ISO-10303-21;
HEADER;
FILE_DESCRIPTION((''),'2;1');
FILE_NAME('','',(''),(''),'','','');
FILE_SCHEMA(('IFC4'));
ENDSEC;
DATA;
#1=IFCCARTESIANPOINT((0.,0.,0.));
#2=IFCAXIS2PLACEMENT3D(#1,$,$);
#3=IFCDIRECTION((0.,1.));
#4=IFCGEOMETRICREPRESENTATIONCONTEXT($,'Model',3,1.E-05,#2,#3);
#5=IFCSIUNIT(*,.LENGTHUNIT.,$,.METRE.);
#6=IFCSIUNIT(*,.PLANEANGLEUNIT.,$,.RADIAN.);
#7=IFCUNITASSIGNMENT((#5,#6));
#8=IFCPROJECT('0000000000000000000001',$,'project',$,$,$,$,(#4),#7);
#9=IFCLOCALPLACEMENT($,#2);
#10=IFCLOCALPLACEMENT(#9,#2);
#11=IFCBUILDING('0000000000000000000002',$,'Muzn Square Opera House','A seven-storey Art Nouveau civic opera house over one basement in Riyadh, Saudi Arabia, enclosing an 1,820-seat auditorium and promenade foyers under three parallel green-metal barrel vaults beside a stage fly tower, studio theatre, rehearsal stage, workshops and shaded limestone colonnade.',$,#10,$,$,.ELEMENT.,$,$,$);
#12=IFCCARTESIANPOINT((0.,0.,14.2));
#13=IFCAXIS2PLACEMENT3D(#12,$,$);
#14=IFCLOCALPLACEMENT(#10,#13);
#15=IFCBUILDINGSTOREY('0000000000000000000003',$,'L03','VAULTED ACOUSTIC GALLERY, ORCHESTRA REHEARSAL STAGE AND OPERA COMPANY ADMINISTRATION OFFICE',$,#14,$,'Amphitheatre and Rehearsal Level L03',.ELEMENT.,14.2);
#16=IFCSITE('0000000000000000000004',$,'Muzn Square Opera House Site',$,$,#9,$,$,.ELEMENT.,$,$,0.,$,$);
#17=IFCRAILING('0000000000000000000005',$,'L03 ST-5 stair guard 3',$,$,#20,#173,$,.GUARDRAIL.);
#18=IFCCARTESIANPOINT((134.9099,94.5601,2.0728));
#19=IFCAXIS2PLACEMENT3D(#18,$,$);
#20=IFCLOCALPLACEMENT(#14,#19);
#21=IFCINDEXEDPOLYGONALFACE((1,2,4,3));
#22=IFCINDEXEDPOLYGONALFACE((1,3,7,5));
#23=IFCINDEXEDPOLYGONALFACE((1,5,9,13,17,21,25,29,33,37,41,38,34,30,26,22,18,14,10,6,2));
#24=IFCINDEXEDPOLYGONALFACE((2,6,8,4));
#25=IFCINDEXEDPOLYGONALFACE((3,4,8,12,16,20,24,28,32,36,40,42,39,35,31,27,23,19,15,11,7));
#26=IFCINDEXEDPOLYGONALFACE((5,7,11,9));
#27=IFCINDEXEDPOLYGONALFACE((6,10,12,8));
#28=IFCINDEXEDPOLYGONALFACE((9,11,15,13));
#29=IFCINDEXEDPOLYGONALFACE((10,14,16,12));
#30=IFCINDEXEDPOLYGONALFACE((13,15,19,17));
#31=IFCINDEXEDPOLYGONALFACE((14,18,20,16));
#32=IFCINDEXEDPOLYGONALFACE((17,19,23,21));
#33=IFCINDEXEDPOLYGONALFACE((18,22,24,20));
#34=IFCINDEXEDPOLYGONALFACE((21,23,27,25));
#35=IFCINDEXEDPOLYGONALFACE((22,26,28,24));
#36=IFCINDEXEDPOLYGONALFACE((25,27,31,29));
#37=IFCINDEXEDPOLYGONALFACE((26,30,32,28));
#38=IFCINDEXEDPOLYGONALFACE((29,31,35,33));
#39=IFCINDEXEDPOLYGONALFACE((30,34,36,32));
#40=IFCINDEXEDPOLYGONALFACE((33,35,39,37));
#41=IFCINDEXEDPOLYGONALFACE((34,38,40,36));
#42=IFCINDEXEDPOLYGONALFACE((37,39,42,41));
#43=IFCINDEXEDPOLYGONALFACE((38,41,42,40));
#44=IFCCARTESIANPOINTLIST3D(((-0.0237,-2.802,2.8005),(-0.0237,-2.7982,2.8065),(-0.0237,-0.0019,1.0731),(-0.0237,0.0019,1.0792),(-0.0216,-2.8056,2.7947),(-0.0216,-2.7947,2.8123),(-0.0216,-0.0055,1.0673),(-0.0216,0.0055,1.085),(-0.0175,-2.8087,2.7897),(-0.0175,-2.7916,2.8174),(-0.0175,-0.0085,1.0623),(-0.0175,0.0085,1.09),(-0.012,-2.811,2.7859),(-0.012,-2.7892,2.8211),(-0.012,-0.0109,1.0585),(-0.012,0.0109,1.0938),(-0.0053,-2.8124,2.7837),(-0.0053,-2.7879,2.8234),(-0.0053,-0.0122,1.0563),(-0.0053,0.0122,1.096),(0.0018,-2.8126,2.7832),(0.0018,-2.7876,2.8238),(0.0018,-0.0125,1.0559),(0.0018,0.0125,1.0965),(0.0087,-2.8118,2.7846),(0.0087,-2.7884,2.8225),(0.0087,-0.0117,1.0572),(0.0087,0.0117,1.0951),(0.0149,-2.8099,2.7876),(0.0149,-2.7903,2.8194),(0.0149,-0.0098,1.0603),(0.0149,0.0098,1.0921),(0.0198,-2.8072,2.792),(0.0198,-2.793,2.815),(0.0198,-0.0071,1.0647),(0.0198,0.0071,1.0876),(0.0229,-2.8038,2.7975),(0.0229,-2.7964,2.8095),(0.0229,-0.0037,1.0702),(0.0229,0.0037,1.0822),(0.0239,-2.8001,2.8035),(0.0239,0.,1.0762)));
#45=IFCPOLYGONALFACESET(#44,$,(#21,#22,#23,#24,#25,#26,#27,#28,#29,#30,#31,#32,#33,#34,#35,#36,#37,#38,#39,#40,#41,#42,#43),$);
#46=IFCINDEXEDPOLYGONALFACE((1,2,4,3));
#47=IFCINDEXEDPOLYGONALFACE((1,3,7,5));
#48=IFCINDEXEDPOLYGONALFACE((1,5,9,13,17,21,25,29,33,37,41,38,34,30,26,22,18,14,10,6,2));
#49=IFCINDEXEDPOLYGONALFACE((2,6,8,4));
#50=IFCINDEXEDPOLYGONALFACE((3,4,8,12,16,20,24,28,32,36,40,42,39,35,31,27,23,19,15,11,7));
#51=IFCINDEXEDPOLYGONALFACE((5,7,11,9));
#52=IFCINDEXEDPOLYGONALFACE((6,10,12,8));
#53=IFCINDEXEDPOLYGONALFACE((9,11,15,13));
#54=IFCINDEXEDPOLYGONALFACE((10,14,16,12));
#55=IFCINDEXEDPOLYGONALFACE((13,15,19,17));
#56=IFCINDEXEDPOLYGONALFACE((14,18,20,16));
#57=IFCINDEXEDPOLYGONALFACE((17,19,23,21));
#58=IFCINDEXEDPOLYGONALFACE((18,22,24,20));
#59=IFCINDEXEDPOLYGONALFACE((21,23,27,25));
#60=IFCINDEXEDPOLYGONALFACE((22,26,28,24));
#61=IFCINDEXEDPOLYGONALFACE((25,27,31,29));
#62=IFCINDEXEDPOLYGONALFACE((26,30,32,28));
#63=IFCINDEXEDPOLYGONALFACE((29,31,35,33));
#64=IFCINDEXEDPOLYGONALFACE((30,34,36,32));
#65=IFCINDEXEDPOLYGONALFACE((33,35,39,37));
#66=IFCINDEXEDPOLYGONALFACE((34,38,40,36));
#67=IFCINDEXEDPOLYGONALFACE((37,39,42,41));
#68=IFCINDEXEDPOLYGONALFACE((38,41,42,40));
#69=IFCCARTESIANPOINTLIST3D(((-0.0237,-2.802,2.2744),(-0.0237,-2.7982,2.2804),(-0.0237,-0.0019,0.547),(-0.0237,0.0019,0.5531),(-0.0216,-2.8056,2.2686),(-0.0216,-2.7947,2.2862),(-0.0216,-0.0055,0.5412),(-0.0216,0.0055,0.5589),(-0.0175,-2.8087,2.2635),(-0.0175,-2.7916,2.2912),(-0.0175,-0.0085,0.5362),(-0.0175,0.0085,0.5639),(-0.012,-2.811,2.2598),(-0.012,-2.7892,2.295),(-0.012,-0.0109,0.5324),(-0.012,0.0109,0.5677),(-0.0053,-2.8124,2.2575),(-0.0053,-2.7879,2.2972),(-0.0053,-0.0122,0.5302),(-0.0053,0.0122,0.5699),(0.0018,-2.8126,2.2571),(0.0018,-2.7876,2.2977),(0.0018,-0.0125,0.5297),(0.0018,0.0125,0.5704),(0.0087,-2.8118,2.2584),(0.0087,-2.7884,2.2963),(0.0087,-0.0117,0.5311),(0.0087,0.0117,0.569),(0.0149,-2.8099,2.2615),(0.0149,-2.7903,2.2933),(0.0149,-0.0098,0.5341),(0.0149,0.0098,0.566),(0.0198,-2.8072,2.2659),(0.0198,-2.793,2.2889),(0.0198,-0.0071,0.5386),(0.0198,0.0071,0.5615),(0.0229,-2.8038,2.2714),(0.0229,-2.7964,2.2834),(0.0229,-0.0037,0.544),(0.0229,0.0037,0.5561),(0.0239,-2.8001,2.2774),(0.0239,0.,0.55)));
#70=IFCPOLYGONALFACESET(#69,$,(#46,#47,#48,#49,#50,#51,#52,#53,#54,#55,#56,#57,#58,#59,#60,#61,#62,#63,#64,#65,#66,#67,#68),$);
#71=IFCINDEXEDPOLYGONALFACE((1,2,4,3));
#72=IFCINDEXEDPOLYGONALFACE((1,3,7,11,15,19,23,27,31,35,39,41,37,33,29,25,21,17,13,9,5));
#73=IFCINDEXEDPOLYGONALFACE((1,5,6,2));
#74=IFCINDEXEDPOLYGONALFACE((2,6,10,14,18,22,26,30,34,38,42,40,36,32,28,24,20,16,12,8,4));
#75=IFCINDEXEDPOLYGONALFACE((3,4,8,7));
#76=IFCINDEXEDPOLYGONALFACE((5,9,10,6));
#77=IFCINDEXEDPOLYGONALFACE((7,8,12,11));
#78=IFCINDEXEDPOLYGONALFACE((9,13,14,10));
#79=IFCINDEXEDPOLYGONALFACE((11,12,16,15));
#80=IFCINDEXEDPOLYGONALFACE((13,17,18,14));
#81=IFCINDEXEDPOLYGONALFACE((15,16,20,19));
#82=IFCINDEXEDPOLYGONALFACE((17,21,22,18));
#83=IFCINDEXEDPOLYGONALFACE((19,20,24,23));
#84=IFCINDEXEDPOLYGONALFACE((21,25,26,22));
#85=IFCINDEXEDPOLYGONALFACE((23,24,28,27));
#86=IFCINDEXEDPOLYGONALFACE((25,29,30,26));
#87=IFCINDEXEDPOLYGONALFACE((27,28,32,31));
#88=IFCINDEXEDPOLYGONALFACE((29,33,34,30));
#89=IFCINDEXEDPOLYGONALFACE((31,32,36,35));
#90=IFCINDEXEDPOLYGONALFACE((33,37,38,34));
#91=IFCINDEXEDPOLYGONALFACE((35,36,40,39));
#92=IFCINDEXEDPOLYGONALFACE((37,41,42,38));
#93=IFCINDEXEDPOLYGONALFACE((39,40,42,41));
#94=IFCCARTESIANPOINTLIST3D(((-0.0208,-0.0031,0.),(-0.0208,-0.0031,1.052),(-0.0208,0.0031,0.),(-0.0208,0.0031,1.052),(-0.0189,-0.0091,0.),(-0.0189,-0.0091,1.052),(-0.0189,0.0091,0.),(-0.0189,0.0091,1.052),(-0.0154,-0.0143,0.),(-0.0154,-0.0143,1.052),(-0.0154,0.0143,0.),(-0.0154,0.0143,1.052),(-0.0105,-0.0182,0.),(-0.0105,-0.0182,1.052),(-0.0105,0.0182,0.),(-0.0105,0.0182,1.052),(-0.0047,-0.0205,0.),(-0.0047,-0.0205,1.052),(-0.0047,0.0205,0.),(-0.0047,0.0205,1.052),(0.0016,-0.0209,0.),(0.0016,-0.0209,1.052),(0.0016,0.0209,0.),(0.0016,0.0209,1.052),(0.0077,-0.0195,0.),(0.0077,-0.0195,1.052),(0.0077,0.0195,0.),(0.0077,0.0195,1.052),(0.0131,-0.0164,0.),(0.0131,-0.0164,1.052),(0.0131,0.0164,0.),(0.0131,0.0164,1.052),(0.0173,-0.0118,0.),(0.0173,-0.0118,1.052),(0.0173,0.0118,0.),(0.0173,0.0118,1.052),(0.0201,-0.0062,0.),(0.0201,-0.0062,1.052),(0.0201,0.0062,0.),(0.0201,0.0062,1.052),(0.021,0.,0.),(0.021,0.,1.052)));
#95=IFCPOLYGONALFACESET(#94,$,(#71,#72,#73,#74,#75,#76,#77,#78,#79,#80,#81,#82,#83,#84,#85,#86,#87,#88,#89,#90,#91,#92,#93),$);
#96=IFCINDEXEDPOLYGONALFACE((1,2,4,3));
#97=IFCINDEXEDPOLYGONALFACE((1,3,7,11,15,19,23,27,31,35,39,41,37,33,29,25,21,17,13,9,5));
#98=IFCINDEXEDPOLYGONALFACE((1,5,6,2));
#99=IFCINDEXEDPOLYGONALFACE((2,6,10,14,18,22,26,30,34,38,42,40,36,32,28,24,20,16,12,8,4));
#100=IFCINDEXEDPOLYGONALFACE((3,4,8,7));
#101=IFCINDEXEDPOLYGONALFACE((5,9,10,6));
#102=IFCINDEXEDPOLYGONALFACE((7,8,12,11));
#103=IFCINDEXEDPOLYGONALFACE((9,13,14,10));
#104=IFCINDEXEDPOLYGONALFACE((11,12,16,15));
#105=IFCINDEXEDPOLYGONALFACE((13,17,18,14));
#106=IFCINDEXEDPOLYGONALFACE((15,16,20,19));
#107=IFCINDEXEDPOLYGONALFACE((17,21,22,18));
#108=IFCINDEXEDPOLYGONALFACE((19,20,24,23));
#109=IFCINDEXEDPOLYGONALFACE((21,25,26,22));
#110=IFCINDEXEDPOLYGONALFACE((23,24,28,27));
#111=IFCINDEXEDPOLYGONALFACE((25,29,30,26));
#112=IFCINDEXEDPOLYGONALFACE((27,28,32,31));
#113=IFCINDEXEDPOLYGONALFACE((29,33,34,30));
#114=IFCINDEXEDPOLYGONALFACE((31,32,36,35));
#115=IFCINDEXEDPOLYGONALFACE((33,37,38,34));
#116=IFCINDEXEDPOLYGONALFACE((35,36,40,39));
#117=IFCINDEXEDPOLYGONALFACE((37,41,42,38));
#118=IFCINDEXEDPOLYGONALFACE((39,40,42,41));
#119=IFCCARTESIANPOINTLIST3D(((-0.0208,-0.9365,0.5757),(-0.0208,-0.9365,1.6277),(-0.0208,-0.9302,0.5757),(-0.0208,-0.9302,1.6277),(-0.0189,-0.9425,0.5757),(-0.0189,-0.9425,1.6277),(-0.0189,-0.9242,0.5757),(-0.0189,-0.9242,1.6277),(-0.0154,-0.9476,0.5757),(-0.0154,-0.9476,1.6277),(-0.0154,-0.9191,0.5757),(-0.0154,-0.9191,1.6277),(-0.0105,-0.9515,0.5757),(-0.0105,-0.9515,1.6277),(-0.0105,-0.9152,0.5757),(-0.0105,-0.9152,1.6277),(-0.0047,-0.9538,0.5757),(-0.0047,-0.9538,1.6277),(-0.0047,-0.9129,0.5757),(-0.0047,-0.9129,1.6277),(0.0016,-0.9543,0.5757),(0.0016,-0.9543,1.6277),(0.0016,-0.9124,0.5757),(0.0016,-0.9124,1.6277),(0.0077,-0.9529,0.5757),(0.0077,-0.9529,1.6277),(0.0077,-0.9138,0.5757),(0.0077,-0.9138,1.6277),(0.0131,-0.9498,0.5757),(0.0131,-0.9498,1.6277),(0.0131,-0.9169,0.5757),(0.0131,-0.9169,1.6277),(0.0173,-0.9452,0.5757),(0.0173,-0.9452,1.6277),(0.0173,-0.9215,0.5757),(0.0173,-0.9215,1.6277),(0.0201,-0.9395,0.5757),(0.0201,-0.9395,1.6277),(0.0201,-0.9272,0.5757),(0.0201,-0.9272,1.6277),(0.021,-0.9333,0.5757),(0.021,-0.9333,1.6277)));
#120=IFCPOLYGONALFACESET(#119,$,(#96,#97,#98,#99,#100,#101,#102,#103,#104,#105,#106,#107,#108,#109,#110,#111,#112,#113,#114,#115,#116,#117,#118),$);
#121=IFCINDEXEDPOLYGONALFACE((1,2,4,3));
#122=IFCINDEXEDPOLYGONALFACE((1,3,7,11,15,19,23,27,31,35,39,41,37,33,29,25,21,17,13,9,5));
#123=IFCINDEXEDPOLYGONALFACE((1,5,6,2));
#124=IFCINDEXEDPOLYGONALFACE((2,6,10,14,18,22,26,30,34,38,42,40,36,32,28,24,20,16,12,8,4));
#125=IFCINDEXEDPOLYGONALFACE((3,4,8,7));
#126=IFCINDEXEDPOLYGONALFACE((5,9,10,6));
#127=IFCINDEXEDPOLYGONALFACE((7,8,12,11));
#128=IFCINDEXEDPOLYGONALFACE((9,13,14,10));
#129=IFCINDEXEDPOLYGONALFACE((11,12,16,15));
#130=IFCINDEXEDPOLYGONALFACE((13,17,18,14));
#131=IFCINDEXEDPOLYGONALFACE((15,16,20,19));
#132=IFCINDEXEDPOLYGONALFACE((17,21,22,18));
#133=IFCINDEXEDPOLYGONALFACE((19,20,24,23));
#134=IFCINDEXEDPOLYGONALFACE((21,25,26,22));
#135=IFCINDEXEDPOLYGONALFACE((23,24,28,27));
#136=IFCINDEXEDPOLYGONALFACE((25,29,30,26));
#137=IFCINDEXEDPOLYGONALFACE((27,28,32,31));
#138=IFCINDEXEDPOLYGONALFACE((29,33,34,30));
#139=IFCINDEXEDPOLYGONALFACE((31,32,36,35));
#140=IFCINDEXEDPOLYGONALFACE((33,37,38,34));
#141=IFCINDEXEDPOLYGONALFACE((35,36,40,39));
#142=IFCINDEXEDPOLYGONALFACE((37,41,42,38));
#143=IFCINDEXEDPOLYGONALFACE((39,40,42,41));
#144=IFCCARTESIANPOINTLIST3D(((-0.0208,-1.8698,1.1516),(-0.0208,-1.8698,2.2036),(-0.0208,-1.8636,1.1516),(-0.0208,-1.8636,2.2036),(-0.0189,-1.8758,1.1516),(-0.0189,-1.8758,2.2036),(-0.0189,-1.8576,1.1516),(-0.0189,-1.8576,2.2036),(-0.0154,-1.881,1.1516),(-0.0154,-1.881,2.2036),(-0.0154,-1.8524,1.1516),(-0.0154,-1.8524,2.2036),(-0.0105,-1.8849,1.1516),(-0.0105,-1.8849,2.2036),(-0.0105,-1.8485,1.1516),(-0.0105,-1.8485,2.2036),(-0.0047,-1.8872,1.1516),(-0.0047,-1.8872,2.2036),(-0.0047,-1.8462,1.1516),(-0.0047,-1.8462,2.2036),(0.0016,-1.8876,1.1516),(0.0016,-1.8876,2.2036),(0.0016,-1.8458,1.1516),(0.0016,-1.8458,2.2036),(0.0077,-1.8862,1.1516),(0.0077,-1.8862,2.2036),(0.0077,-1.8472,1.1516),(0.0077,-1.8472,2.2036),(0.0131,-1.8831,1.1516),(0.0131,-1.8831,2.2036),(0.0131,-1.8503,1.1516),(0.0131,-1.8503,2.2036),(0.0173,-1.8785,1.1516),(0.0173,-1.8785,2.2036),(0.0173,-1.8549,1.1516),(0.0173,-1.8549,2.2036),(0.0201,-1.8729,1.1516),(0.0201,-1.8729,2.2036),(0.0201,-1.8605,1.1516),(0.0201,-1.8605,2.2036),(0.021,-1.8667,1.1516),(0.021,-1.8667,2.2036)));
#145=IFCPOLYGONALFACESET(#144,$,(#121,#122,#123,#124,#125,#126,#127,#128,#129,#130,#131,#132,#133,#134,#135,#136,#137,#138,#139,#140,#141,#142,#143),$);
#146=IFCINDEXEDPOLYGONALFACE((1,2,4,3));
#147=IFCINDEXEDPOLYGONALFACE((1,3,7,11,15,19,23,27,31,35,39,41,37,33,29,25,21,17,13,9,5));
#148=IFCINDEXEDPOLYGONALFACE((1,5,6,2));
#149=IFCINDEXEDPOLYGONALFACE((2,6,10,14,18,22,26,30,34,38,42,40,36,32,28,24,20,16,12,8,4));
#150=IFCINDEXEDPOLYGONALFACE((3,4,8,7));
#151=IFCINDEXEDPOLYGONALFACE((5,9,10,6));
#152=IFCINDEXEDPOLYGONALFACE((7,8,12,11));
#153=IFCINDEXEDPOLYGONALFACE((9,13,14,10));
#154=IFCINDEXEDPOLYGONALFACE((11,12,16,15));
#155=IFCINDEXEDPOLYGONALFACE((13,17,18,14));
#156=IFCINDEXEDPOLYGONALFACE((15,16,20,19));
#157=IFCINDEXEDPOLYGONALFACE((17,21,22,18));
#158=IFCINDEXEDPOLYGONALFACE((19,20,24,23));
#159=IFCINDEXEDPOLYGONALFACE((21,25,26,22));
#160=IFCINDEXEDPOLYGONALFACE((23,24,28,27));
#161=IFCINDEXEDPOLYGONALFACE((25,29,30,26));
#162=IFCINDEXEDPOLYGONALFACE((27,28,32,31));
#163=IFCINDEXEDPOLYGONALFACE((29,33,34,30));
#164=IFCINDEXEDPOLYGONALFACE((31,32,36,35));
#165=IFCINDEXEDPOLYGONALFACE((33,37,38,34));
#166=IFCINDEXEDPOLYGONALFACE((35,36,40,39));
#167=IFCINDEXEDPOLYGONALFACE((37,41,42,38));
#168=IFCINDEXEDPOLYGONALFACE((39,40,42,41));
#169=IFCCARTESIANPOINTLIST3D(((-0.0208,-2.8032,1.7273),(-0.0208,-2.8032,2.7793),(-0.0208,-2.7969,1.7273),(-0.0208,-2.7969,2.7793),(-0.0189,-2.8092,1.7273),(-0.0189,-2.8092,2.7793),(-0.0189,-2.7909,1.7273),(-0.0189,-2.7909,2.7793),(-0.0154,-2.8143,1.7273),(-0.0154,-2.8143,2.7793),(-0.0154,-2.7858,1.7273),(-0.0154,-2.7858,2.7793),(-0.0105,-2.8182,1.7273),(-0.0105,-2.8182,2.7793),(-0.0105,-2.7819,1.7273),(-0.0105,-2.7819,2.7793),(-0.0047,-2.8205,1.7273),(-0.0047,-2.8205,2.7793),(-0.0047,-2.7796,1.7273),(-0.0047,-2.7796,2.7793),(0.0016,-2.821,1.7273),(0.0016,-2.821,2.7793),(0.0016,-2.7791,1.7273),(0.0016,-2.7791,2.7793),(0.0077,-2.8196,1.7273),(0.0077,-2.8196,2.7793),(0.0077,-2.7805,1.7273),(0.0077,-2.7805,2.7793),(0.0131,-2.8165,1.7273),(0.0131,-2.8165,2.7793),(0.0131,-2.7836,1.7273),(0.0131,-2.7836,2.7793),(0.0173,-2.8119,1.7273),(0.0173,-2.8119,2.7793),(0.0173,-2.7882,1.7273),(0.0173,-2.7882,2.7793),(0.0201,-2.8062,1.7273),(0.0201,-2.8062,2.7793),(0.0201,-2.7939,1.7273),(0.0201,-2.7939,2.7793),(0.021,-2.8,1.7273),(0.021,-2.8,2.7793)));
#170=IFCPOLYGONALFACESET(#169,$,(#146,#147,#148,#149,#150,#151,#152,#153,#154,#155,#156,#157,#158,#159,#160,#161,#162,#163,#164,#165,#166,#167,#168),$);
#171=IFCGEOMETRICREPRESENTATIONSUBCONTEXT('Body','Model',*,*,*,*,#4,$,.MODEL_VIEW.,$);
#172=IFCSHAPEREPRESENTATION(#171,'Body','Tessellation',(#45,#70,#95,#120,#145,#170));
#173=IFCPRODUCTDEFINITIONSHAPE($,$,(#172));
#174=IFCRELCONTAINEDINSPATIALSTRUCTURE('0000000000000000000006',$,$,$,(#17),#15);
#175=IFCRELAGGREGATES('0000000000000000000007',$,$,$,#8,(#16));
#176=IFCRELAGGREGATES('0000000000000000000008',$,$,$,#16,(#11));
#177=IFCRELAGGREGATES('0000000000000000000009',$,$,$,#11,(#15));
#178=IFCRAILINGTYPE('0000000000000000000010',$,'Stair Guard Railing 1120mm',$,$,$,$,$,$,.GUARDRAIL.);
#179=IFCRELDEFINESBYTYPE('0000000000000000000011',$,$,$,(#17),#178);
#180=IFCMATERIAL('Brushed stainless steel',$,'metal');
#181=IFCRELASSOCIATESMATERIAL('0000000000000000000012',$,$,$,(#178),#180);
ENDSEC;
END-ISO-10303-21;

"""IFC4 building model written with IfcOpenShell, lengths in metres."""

from ifc_helpers import new_model, si_unit, direction, frame, origin, origin_2d, place, context, subcontext, project, spatial, circle, extrude, material, type_object, element, save


model = new_model("IFC4")

# Units and contexts
model_context = context("Model", 3, precision=1e-05, world=origin(), true_north=direction((0.0, 1.0)))
body_context = subcontext(model_context, "Body", "Model", "MODEL_VIEW")
ifc_project = project(units=[si_unit("LENGTHUNIT", "METRE"), si_unit("PLANEANGLEUNIT", "RADIAN")], contexts=[model_context])

# Site, building, storey
site_placement = place(None, origin())
site = spatial("IfcSite", under=ifc_project, at=site_placement, Name="Muzn Square Opera House Site", CompositionType="ELEMENT", RefElevation=0.0)
building_placement = place(site_placement, origin())
building = spatial("IfcBuilding", under=site, at=building_placement, Name="Muzn Square Opera House", Description="A seven-storey Art Nouveau civic opera house over one basement in Riyadh, Saudi Arabia, enclosing an 1,820-seat auditorium and promenade foyers under three parallel green-metal barrel vaults beside a stage fly tower, studio theatre, rehearsal stage, workshops and shaded limestone colonnade.", CompositionType="ELEMENT")
storey_placement = place(building_placement, frame((0.0, 0.0, 14.2)))
storey = spatial("IfcBuildingStorey", under=building, at=storey_placement, Name="L03", Description="VAULTED ACOUSTIC GALLERY, ORCHESTRA REHEARSAL STAGE AND OPERA COMPANY ADMINISTRATION OFFICE", LongName="Amphitheatre and Rehearsal Level L03", CompositionType="ELEMENT", Elevation=14.2)

# Railing
ifc_material_1 = material(Name="Brushed stainless steel", Category="metal")
railing_type_1 = type_object("IfcRailingType", Name="Stair Guard Railing 1120mm", PredefinedType="GUARDRAIL", material=ifc_material_1)
railing_1_placement = place(storey_placement, frame((134.9099, 94.5601, 2.0728)))
element("IfcRailing", 1, at=railing_1_placement, inside=storey, type_object=railing_type_1, Name="L03 ST-5 stair guard 3", PredefinedType="GUARDRAIL", context=body_context, shape_type="SweptSolid", body=[
    extrude(circle(Radius=0.0239, at=origin_2d()), frame((0.0, 0.0, 1.0762), z_axis=(0.0, -0.85109, 0.52502), x_axis=(1.0, 0.0, 0.0)), (0.0, 0.0, 1.0), 3.29),
    extrude(circle(Radius=0.0239, at=origin_2d()), frame((0.0, 0.0, 0.55), z_axis=(0.0, -0.85109, 0.52502), x_axis=(1.0, 0.0, 0.0)), (0.0, 0.0, 1.0), 3.29),
    extrude(circle(Radius=0.021, at=origin_2d()), origin(), (0.0, 0.0, 1.0), 1.052),
    extrude(circle(Radius=0.021, at=origin_2d()), frame((0.0, -0.9333, 0.5757)), (0.0, 0.0, 1.0), 1.052),
    extrude(circle(Radius=0.021, at=origin_2d()), frame((0.0, -1.8667, 1.1516)), (0.0, 0.0, 1.0), 1.052),
    extrude(circle(Radius=0.021, at=origin_2d()), frame((0.0, -2.8, 1.7273)), (0.0, 0.0, 1.0), 1.052),
])

save(model, "model.ifc")
